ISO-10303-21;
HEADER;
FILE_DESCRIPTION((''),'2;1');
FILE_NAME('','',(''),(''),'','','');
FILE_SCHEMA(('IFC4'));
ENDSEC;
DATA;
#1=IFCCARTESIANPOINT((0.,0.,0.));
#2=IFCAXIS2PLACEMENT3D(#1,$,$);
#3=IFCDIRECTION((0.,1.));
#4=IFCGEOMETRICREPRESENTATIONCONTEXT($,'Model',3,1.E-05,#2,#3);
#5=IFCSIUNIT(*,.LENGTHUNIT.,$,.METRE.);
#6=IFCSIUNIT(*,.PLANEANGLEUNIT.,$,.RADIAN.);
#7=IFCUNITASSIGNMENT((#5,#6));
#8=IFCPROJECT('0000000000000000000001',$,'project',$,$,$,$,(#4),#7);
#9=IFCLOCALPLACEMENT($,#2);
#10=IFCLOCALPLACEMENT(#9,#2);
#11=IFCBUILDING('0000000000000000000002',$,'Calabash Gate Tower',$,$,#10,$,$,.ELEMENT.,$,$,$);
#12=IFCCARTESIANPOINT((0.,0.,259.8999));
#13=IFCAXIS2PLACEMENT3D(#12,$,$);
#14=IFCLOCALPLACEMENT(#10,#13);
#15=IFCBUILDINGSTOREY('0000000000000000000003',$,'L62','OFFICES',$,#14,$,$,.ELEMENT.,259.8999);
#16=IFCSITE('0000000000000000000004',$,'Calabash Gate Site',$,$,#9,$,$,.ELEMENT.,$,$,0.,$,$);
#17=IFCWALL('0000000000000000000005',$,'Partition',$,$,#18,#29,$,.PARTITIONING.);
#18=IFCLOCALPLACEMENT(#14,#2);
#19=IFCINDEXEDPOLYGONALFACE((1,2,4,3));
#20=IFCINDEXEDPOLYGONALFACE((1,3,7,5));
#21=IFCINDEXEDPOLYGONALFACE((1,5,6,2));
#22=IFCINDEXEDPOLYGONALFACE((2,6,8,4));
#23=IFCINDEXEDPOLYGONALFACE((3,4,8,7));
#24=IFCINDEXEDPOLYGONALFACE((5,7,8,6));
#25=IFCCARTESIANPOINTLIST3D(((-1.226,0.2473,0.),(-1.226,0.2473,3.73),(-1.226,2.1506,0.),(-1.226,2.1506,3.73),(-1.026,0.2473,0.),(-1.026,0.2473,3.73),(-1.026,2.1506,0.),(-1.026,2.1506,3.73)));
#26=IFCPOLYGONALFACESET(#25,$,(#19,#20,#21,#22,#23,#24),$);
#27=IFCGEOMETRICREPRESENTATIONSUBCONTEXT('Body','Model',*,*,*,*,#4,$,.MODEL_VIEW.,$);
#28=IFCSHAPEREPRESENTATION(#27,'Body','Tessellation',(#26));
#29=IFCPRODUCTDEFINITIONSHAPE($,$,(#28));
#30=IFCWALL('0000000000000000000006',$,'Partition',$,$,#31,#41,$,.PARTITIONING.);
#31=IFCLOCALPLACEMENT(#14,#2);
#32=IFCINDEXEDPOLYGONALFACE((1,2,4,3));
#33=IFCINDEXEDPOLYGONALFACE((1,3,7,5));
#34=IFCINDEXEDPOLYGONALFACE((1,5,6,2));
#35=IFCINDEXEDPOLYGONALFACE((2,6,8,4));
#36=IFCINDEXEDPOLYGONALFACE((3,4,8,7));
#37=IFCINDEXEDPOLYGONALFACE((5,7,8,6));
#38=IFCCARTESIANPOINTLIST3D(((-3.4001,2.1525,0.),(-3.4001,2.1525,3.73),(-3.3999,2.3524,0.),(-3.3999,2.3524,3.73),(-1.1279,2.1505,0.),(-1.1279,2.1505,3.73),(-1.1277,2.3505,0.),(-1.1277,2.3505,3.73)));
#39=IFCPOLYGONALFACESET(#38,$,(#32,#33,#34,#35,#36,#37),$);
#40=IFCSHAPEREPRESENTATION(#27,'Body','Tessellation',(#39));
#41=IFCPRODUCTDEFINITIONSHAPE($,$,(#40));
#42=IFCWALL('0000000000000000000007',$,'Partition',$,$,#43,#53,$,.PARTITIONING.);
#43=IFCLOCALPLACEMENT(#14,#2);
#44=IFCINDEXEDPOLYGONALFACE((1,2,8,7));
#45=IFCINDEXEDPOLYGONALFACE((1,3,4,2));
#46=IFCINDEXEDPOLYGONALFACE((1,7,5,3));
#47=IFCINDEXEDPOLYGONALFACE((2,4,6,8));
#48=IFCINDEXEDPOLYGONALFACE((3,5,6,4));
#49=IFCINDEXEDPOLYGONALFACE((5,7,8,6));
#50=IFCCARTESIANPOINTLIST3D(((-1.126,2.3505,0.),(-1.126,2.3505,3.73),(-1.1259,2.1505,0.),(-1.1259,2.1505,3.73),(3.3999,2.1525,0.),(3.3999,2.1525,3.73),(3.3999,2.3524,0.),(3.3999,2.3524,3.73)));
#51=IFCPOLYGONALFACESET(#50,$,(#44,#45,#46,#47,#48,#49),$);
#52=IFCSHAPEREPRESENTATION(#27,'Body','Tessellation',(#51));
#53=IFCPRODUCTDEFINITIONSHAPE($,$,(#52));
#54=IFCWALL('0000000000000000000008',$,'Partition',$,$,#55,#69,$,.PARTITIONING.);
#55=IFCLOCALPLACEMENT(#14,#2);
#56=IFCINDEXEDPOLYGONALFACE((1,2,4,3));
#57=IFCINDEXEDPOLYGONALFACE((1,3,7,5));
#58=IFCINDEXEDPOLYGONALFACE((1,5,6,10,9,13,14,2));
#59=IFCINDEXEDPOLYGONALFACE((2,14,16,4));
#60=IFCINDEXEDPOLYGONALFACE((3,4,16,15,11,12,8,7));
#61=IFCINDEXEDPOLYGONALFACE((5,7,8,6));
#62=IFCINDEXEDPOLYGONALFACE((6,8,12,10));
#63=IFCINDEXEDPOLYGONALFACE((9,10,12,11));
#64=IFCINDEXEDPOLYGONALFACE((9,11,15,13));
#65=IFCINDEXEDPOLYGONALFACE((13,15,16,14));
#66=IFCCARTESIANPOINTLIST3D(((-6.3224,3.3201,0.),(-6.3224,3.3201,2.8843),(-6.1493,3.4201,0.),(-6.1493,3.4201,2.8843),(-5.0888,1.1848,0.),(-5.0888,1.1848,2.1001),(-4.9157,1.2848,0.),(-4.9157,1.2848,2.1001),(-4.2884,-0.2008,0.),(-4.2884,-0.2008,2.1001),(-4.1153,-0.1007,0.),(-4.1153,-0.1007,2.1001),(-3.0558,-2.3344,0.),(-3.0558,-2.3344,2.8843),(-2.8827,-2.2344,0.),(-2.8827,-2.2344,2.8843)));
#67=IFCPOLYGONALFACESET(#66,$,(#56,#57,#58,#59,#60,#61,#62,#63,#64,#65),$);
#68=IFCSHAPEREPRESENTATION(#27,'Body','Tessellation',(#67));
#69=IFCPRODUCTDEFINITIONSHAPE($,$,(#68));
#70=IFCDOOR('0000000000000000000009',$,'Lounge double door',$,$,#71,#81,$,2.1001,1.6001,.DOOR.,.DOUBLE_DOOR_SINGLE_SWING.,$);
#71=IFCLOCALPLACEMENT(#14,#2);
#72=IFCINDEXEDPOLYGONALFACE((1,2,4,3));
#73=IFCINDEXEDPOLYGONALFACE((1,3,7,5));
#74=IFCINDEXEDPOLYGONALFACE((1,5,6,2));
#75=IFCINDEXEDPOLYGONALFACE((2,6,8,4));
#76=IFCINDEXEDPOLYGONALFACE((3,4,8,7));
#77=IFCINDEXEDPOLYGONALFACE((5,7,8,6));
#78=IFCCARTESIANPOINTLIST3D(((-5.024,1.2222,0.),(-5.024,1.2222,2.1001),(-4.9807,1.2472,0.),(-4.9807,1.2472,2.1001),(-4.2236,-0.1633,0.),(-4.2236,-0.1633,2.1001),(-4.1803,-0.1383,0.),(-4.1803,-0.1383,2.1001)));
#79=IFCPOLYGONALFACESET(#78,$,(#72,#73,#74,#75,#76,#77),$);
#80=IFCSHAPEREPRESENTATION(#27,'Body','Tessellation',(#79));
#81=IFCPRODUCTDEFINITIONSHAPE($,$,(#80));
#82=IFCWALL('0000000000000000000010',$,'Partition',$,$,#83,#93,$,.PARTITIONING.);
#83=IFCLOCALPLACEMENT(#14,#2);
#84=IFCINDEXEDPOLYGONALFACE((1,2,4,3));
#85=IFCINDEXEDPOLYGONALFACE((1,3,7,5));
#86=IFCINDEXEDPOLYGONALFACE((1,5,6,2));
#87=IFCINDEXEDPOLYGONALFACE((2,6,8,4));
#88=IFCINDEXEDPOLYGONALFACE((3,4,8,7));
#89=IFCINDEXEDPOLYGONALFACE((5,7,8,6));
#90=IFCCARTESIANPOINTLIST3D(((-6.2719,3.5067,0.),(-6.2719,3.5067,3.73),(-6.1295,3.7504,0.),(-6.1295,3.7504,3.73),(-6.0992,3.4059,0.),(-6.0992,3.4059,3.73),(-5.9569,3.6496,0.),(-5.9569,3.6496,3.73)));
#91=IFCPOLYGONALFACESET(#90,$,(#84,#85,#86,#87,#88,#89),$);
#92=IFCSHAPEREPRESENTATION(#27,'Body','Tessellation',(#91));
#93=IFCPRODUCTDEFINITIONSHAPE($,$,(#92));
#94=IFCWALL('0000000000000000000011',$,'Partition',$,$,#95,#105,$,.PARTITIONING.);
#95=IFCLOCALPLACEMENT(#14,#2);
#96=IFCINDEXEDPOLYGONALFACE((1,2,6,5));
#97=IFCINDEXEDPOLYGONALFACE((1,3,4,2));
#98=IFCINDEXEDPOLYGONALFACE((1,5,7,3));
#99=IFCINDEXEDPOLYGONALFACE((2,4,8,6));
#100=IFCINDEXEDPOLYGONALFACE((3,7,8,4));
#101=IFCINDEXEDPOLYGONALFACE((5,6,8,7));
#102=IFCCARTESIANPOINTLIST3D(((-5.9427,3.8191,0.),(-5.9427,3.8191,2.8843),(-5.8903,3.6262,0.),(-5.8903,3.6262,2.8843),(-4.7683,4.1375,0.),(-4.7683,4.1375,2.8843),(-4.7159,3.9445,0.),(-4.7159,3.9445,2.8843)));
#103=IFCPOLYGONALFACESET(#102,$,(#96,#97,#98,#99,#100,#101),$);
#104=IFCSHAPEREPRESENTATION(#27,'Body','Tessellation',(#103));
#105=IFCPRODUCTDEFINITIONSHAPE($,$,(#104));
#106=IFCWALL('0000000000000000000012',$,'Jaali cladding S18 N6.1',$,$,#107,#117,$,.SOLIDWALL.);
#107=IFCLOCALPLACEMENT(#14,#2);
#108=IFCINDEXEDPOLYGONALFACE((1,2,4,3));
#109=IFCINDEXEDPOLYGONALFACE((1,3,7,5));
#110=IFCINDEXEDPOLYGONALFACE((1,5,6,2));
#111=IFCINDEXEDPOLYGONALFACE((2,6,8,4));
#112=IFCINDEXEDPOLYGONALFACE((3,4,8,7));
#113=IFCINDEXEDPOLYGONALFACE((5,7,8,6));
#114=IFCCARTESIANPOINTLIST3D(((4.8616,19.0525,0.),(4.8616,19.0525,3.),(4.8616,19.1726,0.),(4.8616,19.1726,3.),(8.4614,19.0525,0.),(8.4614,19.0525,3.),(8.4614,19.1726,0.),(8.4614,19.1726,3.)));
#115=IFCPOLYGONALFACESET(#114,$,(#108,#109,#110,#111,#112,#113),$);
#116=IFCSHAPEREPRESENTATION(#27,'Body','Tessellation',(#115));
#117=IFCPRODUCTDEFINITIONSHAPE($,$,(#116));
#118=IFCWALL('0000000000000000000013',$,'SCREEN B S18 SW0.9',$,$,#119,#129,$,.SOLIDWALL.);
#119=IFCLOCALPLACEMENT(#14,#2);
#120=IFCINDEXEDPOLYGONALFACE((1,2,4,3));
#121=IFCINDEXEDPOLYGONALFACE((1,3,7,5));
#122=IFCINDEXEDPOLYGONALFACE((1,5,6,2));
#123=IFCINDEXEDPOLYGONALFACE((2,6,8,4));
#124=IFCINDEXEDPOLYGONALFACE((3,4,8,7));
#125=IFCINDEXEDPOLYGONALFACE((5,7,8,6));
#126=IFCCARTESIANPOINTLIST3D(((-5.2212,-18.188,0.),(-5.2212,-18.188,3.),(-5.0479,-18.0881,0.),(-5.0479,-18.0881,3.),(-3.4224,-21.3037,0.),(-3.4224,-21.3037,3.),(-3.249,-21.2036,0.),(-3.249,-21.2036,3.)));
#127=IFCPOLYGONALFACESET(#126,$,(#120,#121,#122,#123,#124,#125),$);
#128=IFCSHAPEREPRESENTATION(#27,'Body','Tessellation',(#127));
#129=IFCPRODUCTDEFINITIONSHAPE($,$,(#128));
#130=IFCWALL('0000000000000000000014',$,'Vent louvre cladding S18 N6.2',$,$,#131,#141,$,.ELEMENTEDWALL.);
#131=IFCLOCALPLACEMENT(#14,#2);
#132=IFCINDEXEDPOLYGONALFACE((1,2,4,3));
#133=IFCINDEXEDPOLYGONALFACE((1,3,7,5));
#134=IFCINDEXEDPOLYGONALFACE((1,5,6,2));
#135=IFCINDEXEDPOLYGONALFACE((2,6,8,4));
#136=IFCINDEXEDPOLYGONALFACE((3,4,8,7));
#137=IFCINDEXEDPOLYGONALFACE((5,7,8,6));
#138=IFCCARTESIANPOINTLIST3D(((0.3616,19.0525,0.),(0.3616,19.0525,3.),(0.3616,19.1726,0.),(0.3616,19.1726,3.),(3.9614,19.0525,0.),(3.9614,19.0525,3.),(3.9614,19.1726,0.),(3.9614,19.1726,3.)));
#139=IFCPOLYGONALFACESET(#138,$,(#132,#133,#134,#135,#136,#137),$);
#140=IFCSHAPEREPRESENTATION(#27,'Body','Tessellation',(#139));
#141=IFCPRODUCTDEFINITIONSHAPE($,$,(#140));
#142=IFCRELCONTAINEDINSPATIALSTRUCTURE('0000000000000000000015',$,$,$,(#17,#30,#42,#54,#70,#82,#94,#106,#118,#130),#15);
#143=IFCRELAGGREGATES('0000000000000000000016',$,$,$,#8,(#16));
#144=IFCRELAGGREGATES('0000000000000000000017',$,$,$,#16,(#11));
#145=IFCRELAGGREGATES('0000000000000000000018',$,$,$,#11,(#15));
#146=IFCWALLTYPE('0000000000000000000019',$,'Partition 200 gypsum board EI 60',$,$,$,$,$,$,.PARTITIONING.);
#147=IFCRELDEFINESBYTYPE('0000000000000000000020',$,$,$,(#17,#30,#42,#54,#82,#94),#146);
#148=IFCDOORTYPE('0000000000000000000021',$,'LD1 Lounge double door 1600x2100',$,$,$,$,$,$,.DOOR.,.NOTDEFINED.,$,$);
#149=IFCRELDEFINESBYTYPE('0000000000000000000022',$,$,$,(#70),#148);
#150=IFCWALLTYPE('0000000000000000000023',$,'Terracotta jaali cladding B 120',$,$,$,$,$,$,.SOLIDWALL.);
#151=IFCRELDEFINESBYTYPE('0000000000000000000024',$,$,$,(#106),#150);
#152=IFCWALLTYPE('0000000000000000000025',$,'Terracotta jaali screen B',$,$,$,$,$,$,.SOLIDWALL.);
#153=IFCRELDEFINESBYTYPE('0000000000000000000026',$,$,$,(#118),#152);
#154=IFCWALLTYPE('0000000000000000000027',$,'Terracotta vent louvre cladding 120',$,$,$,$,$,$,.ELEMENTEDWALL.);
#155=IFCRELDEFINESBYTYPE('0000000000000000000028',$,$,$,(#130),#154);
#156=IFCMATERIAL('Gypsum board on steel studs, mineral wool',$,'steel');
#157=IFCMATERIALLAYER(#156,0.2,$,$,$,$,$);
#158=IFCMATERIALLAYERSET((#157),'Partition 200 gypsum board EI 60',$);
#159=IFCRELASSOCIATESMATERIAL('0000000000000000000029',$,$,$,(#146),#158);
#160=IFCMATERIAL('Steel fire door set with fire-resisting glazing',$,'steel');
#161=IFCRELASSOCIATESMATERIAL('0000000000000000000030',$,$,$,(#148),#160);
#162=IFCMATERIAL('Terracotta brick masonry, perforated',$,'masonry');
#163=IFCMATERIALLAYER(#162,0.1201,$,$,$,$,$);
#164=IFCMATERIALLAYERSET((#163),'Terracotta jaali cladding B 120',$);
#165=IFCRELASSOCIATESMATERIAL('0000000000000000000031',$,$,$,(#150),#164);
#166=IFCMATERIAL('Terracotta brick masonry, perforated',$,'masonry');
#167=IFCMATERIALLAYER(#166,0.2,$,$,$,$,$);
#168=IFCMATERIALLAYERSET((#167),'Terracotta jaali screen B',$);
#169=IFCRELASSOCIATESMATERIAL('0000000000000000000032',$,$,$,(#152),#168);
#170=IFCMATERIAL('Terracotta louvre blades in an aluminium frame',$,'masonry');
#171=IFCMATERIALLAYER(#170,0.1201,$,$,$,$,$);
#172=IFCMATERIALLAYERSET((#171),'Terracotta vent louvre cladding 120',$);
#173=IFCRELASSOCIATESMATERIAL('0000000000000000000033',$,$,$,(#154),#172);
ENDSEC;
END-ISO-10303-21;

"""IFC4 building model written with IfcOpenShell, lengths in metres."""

from ifc_helpers import new_model, si_unit, direction, frame, frame_2d, origin, place, context, subcontext, project, spatial, polyline, rectangle, outline, extrude, material, layer, layer_set, type_object, element, fill, save


model = new_model("IFC4")

# Units and contexts
model_context = context("Model", 3, precision=1e-05, world=origin(), true_north=direction((0.0, 1.0)))
body_context = subcontext(model_context, "Body", "Model", "MODEL_VIEW")
ifc_project = project(units=[si_unit("LENGTHUNIT", "METRE"), si_unit("PLANEANGLEUNIT", "RADIAN")], contexts=[model_context])

# Site, building, storey
site_placement = place(None, origin())
site = spatial("IfcSite", under=ifc_project, at=site_placement, Name="Calabash Gate Site", CompositionType="ELEMENT", RefElevation=0.0)
building_placement = place(site_placement, origin())
building = spatial("IfcBuilding", under=site, at=building_placement, Name="Calabash Gate Tower", CompositionType="ELEMENT")
storey_placement = place(building_placement, frame((0.0, 0.0, 259.8999)))
storey = spatial("IfcBuildingStorey", under=building, at=storey_placement, Name="L62", Description="OFFICES", CompositionType="ELEMENT", Elevation=259.8999)

# Walls
ifc_material_1 = material(Name="Gypsum board on steel studs, mineral wool", Category="steel")
ifc_layer_1 = layer(ifc_material_1, 0.2)
ifc_layer_set_1 = layer_set([ifc_layer_1], Name="Partition 200 gypsum board EI 60")
wall_type_1 = type_object("IfcWallType", Name="Partition 200 gypsum board EI 60", PredefinedType="PARTITIONING", material=ifc_layer_set_1)
wall_1_placement = place(storey_placement, frame((-1.126, 0.2473, 0.0), z_axis=(0.0, 0.0, 1.0), x_axis=(0.0, 1.0, 0.0)))
element("IfcWall", 1, at=wall_1_placement, inside=storey, type_object=wall_type_1, Name="Partition", PredefinedType="PARTITIONING", context=body_context, shape_type="SweptSolid", body=[
    extrude(rectangle(XDim=1.9033, YDim=0.2, at=frame_2d((0.9517, 0.0))), origin(), (0.0, 0.0, 1.0), 3.73),
])
wall_2_placement = place(storey_placement, frame((-3.4001, 2.2524, 0.0), z_axis=(0.0, 0.0, 1.0), x_axis=(1.0, -0.00086, 0.0)))
element("IfcWall", 2, at=wall_2_placement, inside=storey, type_object=wall_type_1, Name="Partition", PredefinedType="PARTITIONING", context=body_context, shape_type="SweptSolid", body=[
    extrude(rectangle(XDim=2.2722, YDim=0.2, at=frame_2d((1.1362, 0.0))), origin(), (0.0, 0.0, 1.0), 3.73),
])
wall_3_placement = place(storey_placement, frame((-1.126, 2.2505, 0.0), z_axis=(0.0, 0.0, 1.0), x_axis=(1.0, 0.000432, 0.0)))
element("IfcWall", 3, at=wall_3_placement, inside=storey, type_object=wall_type_1, Name="Partition", PredefinedType="PARTITIONING", context=body_context, shape_type="SweptSolid", body=[
    extrude(rectangle(XDim=4.5259, YDim=0.2, at=frame_2d((2.2629, 0.0))), origin(), (0.0, 0.0, 1.0), 3.73),
])

# Wall, opening, door
wall_4_placement = place(storey_placement, frame((-6.2358, 3.3701, 0.0), z_axis=(0.0, 0.0, 1.0), x_axis=(0.500224, -0.865896, 0.0)))
wall_4 = element("IfcWall", 4, at=wall_4_placement, inside=storey, type_object=wall_type_1, Name="Partition", PredefinedType="PARTITIONING", context=body_context, shape_type="SweptSolid", body=[
    extrude(rectangle(XDim=6.5303, YDim=0.2, at=frame_2d((3.2651, 0.0))), origin(), (0.0, 0.0, 1.0), 2.8843),
])
opening_placement = place(wall_4_placement, frame((2.4661, 0.0, 0.0)))
opening = element("IfcOpeningElement", 5, at=opening_placement, cuts=wall_4, PredefinedType="OPENING", context=body_context, shape_type="SweptSolid", body=[
    extrude(rectangle(XDim=1.6001, YDim=2.1001, at=frame_2d((0.8, 1.05))), frame((0.0, 0.1099, 0.0), z_axis=(0.0, -1.0, 0.0), x_axis=(1.0, 0.0, 0.0)), (0.0, 0.0, 1.0), 0.22),
])
ifc_material_2 = material(Name="Steel fire door set with fire-resisting glazing", Category="steel")
door_type = type_object("IfcDoorType", Name="LD1 Lounge double door 1600x2100", OperationType="NOTDEFINED", PredefinedType="DOOR", material=ifc_material_2)
door_placement = place(opening_placement, origin())
door = element("IfcDoor", 6, at=door_placement, inside=storey, type_object=door_type, Name="Lounge double door", OperationType="DOUBLE_DOOR_SINGLE_SWING", OverallHeight=2.1001, OverallWidth=1.6001, PredefinedType="DOOR", context=body_context, shape_type="SweptSolid", body=[
    extrude(rectangle(XDim=1.6001, YDim=2.1001, at=frame_2d((0.8, 1.05))), frame((0.0, 0.0249, 0.0), z_axis=(0.0, -1.0, 0.0), x_axis=(1.0, 0.0, 0.0)), (0.0, 0.0, 1.0), 0.05),
])
fill(opening, door)

# Walls
wall_5_placement = place(storey_placement, frame((-6.1855, 3.4563, 0.0), z_axis=(0.0, 0.0, 1.0), x_axis=(0.504409, 0.863465, 0.0)))
element("IfcWall", 7, at=wall_5_placement, inside=storey, type_object=wall_type_1, Name="Partition", PredefinedType="PARTITIONING", context=body_context, shape_type="SweptSolid", body=[
    extrude(rectangle(XDim=0.2822, YDim=0.2, at=frame_2d((0.1411, 0.0))), origin(), (0.0, 0.0, 1.0), 3.73),
])
wall_6_placement = place(storey_placement, frame((-5.9165, 3.7227, 0.0), z_axis=(0.0, 0.0, 1.0), x_axis=(0.965161, 0.261657, 0.0)))
element("IfcWall", 8, at=wall_6_placement, inside=storey, type_object=wall_type_1, Name="Partition", PredefinedType="PARTITIONING", context=body_context, shape_type="SweptSolid", body=[
    extrude(rectangle(XDim=1.2168, YDim=0.2, at=frame_2d((0.6084, 0.0))), origin(), (0.0, 0.0, 1.0), 2.8843),
])
ifc_material_3 = material(Name="Terracotta brick masonry, perforated", Category="masonry")
ifc_layer_2 = layer(ifc_material_3, 0.1201)
ifc_layer_set_2 = layer_set([ifc_layer_2], Name="Terracotta jaali cladding B 120")
wall_type_2 = type_object("IfcWallType", Name="Terracotta jaali cladding B 120", PredefinedType="SOLIDWALL", material=ifc_layer_set_2)
wall_7_placement = place(storey_placement, origin())
element("IfcWall", 9, at=wall_7_placement, inside=storey, type_object=wall_type_2, Name="Jaali cladding S18 N6.1", PredefinedType="SOLIDWALL", context=body_context, shape_type="SweptSolid", body=[
    extrude(outline(polyline([(4.8616, 19.1726), (4.8616, 19.0525), (8.4614, 19.0525), (8.4614, 19.1726), (4.8616, 19.1726)])), origin(), (0.0, 0.0, 1.0), 3.0),
])
ifc_material_4 = material(Name="Terracotta brick masonry, perforated", Category="masonry")
ifc_layer_3 = layer(ifc_material_4, 0.2)
ifc_layer_set_3 = layer_set([ifc_layer_3], Name="Terracotta jaali screen B")
wall_type_3 = type_object("IfcWallType", Name="Terracotta jaali screen B", PredefinedType="SOLIDWALL", material=ifc_layer_set_3)
wall_8_placement = place(storey_placement, origin())
element("IfcWall", 10, at=wall_8_placement, inside=storey, type_object=wall_type_3, Name="SCREEN B S18 SW0.9", PredefinedType="SOLIDWALL", context=body_context, shape_type="SweptSolid", body=[
    extrude(outline(polyline([(-5.2212, -18.188), (-3.4224, -21.3037), (-3.249, -21.2036), (-5.0479, -18.0881), (-5.2212, -18.188)])), origin(), (0.0, 0.0, 1.0), 3.0),
])
ifc_material_5 = material(Name="Terracotta louvre blades in an aluminium frame", Category="masonry")
ifc_layer_4 = layer(ifc_material_5, 0.1201)
ifc_layer_set_4 = layer_set([ifc_layer_4], Name="Terracotta vent louvre cladding 120")
wall_type_4 = type_object("IfcWallType", Name="Terracotta vent louvre cladding 120", PredefinedType="ELEMENTEDWALL", material=ifc_layer_set_4)
wall_9_placement = place(storey_placement, origin())
element("IfcWall", 11, at=wall_9_placement, inside=storey, type_object=wall_type_4, Name="Vent louvre cladding S18 N6.2", PredefinedType="ELEMENTEDWALL", context=body_context, shape_type="SweptSolid", body=[
    extrude(outline(polyline([(0.3616, 19.1726), (0.3616, 19.0525), (3.9614, 19.0525), (3.9614, 19.1726), (0.3616, 19.1726)])), origin(), (0.0, 0.0, 1.0), 3.0),
])

save(model, "model.ifc")
